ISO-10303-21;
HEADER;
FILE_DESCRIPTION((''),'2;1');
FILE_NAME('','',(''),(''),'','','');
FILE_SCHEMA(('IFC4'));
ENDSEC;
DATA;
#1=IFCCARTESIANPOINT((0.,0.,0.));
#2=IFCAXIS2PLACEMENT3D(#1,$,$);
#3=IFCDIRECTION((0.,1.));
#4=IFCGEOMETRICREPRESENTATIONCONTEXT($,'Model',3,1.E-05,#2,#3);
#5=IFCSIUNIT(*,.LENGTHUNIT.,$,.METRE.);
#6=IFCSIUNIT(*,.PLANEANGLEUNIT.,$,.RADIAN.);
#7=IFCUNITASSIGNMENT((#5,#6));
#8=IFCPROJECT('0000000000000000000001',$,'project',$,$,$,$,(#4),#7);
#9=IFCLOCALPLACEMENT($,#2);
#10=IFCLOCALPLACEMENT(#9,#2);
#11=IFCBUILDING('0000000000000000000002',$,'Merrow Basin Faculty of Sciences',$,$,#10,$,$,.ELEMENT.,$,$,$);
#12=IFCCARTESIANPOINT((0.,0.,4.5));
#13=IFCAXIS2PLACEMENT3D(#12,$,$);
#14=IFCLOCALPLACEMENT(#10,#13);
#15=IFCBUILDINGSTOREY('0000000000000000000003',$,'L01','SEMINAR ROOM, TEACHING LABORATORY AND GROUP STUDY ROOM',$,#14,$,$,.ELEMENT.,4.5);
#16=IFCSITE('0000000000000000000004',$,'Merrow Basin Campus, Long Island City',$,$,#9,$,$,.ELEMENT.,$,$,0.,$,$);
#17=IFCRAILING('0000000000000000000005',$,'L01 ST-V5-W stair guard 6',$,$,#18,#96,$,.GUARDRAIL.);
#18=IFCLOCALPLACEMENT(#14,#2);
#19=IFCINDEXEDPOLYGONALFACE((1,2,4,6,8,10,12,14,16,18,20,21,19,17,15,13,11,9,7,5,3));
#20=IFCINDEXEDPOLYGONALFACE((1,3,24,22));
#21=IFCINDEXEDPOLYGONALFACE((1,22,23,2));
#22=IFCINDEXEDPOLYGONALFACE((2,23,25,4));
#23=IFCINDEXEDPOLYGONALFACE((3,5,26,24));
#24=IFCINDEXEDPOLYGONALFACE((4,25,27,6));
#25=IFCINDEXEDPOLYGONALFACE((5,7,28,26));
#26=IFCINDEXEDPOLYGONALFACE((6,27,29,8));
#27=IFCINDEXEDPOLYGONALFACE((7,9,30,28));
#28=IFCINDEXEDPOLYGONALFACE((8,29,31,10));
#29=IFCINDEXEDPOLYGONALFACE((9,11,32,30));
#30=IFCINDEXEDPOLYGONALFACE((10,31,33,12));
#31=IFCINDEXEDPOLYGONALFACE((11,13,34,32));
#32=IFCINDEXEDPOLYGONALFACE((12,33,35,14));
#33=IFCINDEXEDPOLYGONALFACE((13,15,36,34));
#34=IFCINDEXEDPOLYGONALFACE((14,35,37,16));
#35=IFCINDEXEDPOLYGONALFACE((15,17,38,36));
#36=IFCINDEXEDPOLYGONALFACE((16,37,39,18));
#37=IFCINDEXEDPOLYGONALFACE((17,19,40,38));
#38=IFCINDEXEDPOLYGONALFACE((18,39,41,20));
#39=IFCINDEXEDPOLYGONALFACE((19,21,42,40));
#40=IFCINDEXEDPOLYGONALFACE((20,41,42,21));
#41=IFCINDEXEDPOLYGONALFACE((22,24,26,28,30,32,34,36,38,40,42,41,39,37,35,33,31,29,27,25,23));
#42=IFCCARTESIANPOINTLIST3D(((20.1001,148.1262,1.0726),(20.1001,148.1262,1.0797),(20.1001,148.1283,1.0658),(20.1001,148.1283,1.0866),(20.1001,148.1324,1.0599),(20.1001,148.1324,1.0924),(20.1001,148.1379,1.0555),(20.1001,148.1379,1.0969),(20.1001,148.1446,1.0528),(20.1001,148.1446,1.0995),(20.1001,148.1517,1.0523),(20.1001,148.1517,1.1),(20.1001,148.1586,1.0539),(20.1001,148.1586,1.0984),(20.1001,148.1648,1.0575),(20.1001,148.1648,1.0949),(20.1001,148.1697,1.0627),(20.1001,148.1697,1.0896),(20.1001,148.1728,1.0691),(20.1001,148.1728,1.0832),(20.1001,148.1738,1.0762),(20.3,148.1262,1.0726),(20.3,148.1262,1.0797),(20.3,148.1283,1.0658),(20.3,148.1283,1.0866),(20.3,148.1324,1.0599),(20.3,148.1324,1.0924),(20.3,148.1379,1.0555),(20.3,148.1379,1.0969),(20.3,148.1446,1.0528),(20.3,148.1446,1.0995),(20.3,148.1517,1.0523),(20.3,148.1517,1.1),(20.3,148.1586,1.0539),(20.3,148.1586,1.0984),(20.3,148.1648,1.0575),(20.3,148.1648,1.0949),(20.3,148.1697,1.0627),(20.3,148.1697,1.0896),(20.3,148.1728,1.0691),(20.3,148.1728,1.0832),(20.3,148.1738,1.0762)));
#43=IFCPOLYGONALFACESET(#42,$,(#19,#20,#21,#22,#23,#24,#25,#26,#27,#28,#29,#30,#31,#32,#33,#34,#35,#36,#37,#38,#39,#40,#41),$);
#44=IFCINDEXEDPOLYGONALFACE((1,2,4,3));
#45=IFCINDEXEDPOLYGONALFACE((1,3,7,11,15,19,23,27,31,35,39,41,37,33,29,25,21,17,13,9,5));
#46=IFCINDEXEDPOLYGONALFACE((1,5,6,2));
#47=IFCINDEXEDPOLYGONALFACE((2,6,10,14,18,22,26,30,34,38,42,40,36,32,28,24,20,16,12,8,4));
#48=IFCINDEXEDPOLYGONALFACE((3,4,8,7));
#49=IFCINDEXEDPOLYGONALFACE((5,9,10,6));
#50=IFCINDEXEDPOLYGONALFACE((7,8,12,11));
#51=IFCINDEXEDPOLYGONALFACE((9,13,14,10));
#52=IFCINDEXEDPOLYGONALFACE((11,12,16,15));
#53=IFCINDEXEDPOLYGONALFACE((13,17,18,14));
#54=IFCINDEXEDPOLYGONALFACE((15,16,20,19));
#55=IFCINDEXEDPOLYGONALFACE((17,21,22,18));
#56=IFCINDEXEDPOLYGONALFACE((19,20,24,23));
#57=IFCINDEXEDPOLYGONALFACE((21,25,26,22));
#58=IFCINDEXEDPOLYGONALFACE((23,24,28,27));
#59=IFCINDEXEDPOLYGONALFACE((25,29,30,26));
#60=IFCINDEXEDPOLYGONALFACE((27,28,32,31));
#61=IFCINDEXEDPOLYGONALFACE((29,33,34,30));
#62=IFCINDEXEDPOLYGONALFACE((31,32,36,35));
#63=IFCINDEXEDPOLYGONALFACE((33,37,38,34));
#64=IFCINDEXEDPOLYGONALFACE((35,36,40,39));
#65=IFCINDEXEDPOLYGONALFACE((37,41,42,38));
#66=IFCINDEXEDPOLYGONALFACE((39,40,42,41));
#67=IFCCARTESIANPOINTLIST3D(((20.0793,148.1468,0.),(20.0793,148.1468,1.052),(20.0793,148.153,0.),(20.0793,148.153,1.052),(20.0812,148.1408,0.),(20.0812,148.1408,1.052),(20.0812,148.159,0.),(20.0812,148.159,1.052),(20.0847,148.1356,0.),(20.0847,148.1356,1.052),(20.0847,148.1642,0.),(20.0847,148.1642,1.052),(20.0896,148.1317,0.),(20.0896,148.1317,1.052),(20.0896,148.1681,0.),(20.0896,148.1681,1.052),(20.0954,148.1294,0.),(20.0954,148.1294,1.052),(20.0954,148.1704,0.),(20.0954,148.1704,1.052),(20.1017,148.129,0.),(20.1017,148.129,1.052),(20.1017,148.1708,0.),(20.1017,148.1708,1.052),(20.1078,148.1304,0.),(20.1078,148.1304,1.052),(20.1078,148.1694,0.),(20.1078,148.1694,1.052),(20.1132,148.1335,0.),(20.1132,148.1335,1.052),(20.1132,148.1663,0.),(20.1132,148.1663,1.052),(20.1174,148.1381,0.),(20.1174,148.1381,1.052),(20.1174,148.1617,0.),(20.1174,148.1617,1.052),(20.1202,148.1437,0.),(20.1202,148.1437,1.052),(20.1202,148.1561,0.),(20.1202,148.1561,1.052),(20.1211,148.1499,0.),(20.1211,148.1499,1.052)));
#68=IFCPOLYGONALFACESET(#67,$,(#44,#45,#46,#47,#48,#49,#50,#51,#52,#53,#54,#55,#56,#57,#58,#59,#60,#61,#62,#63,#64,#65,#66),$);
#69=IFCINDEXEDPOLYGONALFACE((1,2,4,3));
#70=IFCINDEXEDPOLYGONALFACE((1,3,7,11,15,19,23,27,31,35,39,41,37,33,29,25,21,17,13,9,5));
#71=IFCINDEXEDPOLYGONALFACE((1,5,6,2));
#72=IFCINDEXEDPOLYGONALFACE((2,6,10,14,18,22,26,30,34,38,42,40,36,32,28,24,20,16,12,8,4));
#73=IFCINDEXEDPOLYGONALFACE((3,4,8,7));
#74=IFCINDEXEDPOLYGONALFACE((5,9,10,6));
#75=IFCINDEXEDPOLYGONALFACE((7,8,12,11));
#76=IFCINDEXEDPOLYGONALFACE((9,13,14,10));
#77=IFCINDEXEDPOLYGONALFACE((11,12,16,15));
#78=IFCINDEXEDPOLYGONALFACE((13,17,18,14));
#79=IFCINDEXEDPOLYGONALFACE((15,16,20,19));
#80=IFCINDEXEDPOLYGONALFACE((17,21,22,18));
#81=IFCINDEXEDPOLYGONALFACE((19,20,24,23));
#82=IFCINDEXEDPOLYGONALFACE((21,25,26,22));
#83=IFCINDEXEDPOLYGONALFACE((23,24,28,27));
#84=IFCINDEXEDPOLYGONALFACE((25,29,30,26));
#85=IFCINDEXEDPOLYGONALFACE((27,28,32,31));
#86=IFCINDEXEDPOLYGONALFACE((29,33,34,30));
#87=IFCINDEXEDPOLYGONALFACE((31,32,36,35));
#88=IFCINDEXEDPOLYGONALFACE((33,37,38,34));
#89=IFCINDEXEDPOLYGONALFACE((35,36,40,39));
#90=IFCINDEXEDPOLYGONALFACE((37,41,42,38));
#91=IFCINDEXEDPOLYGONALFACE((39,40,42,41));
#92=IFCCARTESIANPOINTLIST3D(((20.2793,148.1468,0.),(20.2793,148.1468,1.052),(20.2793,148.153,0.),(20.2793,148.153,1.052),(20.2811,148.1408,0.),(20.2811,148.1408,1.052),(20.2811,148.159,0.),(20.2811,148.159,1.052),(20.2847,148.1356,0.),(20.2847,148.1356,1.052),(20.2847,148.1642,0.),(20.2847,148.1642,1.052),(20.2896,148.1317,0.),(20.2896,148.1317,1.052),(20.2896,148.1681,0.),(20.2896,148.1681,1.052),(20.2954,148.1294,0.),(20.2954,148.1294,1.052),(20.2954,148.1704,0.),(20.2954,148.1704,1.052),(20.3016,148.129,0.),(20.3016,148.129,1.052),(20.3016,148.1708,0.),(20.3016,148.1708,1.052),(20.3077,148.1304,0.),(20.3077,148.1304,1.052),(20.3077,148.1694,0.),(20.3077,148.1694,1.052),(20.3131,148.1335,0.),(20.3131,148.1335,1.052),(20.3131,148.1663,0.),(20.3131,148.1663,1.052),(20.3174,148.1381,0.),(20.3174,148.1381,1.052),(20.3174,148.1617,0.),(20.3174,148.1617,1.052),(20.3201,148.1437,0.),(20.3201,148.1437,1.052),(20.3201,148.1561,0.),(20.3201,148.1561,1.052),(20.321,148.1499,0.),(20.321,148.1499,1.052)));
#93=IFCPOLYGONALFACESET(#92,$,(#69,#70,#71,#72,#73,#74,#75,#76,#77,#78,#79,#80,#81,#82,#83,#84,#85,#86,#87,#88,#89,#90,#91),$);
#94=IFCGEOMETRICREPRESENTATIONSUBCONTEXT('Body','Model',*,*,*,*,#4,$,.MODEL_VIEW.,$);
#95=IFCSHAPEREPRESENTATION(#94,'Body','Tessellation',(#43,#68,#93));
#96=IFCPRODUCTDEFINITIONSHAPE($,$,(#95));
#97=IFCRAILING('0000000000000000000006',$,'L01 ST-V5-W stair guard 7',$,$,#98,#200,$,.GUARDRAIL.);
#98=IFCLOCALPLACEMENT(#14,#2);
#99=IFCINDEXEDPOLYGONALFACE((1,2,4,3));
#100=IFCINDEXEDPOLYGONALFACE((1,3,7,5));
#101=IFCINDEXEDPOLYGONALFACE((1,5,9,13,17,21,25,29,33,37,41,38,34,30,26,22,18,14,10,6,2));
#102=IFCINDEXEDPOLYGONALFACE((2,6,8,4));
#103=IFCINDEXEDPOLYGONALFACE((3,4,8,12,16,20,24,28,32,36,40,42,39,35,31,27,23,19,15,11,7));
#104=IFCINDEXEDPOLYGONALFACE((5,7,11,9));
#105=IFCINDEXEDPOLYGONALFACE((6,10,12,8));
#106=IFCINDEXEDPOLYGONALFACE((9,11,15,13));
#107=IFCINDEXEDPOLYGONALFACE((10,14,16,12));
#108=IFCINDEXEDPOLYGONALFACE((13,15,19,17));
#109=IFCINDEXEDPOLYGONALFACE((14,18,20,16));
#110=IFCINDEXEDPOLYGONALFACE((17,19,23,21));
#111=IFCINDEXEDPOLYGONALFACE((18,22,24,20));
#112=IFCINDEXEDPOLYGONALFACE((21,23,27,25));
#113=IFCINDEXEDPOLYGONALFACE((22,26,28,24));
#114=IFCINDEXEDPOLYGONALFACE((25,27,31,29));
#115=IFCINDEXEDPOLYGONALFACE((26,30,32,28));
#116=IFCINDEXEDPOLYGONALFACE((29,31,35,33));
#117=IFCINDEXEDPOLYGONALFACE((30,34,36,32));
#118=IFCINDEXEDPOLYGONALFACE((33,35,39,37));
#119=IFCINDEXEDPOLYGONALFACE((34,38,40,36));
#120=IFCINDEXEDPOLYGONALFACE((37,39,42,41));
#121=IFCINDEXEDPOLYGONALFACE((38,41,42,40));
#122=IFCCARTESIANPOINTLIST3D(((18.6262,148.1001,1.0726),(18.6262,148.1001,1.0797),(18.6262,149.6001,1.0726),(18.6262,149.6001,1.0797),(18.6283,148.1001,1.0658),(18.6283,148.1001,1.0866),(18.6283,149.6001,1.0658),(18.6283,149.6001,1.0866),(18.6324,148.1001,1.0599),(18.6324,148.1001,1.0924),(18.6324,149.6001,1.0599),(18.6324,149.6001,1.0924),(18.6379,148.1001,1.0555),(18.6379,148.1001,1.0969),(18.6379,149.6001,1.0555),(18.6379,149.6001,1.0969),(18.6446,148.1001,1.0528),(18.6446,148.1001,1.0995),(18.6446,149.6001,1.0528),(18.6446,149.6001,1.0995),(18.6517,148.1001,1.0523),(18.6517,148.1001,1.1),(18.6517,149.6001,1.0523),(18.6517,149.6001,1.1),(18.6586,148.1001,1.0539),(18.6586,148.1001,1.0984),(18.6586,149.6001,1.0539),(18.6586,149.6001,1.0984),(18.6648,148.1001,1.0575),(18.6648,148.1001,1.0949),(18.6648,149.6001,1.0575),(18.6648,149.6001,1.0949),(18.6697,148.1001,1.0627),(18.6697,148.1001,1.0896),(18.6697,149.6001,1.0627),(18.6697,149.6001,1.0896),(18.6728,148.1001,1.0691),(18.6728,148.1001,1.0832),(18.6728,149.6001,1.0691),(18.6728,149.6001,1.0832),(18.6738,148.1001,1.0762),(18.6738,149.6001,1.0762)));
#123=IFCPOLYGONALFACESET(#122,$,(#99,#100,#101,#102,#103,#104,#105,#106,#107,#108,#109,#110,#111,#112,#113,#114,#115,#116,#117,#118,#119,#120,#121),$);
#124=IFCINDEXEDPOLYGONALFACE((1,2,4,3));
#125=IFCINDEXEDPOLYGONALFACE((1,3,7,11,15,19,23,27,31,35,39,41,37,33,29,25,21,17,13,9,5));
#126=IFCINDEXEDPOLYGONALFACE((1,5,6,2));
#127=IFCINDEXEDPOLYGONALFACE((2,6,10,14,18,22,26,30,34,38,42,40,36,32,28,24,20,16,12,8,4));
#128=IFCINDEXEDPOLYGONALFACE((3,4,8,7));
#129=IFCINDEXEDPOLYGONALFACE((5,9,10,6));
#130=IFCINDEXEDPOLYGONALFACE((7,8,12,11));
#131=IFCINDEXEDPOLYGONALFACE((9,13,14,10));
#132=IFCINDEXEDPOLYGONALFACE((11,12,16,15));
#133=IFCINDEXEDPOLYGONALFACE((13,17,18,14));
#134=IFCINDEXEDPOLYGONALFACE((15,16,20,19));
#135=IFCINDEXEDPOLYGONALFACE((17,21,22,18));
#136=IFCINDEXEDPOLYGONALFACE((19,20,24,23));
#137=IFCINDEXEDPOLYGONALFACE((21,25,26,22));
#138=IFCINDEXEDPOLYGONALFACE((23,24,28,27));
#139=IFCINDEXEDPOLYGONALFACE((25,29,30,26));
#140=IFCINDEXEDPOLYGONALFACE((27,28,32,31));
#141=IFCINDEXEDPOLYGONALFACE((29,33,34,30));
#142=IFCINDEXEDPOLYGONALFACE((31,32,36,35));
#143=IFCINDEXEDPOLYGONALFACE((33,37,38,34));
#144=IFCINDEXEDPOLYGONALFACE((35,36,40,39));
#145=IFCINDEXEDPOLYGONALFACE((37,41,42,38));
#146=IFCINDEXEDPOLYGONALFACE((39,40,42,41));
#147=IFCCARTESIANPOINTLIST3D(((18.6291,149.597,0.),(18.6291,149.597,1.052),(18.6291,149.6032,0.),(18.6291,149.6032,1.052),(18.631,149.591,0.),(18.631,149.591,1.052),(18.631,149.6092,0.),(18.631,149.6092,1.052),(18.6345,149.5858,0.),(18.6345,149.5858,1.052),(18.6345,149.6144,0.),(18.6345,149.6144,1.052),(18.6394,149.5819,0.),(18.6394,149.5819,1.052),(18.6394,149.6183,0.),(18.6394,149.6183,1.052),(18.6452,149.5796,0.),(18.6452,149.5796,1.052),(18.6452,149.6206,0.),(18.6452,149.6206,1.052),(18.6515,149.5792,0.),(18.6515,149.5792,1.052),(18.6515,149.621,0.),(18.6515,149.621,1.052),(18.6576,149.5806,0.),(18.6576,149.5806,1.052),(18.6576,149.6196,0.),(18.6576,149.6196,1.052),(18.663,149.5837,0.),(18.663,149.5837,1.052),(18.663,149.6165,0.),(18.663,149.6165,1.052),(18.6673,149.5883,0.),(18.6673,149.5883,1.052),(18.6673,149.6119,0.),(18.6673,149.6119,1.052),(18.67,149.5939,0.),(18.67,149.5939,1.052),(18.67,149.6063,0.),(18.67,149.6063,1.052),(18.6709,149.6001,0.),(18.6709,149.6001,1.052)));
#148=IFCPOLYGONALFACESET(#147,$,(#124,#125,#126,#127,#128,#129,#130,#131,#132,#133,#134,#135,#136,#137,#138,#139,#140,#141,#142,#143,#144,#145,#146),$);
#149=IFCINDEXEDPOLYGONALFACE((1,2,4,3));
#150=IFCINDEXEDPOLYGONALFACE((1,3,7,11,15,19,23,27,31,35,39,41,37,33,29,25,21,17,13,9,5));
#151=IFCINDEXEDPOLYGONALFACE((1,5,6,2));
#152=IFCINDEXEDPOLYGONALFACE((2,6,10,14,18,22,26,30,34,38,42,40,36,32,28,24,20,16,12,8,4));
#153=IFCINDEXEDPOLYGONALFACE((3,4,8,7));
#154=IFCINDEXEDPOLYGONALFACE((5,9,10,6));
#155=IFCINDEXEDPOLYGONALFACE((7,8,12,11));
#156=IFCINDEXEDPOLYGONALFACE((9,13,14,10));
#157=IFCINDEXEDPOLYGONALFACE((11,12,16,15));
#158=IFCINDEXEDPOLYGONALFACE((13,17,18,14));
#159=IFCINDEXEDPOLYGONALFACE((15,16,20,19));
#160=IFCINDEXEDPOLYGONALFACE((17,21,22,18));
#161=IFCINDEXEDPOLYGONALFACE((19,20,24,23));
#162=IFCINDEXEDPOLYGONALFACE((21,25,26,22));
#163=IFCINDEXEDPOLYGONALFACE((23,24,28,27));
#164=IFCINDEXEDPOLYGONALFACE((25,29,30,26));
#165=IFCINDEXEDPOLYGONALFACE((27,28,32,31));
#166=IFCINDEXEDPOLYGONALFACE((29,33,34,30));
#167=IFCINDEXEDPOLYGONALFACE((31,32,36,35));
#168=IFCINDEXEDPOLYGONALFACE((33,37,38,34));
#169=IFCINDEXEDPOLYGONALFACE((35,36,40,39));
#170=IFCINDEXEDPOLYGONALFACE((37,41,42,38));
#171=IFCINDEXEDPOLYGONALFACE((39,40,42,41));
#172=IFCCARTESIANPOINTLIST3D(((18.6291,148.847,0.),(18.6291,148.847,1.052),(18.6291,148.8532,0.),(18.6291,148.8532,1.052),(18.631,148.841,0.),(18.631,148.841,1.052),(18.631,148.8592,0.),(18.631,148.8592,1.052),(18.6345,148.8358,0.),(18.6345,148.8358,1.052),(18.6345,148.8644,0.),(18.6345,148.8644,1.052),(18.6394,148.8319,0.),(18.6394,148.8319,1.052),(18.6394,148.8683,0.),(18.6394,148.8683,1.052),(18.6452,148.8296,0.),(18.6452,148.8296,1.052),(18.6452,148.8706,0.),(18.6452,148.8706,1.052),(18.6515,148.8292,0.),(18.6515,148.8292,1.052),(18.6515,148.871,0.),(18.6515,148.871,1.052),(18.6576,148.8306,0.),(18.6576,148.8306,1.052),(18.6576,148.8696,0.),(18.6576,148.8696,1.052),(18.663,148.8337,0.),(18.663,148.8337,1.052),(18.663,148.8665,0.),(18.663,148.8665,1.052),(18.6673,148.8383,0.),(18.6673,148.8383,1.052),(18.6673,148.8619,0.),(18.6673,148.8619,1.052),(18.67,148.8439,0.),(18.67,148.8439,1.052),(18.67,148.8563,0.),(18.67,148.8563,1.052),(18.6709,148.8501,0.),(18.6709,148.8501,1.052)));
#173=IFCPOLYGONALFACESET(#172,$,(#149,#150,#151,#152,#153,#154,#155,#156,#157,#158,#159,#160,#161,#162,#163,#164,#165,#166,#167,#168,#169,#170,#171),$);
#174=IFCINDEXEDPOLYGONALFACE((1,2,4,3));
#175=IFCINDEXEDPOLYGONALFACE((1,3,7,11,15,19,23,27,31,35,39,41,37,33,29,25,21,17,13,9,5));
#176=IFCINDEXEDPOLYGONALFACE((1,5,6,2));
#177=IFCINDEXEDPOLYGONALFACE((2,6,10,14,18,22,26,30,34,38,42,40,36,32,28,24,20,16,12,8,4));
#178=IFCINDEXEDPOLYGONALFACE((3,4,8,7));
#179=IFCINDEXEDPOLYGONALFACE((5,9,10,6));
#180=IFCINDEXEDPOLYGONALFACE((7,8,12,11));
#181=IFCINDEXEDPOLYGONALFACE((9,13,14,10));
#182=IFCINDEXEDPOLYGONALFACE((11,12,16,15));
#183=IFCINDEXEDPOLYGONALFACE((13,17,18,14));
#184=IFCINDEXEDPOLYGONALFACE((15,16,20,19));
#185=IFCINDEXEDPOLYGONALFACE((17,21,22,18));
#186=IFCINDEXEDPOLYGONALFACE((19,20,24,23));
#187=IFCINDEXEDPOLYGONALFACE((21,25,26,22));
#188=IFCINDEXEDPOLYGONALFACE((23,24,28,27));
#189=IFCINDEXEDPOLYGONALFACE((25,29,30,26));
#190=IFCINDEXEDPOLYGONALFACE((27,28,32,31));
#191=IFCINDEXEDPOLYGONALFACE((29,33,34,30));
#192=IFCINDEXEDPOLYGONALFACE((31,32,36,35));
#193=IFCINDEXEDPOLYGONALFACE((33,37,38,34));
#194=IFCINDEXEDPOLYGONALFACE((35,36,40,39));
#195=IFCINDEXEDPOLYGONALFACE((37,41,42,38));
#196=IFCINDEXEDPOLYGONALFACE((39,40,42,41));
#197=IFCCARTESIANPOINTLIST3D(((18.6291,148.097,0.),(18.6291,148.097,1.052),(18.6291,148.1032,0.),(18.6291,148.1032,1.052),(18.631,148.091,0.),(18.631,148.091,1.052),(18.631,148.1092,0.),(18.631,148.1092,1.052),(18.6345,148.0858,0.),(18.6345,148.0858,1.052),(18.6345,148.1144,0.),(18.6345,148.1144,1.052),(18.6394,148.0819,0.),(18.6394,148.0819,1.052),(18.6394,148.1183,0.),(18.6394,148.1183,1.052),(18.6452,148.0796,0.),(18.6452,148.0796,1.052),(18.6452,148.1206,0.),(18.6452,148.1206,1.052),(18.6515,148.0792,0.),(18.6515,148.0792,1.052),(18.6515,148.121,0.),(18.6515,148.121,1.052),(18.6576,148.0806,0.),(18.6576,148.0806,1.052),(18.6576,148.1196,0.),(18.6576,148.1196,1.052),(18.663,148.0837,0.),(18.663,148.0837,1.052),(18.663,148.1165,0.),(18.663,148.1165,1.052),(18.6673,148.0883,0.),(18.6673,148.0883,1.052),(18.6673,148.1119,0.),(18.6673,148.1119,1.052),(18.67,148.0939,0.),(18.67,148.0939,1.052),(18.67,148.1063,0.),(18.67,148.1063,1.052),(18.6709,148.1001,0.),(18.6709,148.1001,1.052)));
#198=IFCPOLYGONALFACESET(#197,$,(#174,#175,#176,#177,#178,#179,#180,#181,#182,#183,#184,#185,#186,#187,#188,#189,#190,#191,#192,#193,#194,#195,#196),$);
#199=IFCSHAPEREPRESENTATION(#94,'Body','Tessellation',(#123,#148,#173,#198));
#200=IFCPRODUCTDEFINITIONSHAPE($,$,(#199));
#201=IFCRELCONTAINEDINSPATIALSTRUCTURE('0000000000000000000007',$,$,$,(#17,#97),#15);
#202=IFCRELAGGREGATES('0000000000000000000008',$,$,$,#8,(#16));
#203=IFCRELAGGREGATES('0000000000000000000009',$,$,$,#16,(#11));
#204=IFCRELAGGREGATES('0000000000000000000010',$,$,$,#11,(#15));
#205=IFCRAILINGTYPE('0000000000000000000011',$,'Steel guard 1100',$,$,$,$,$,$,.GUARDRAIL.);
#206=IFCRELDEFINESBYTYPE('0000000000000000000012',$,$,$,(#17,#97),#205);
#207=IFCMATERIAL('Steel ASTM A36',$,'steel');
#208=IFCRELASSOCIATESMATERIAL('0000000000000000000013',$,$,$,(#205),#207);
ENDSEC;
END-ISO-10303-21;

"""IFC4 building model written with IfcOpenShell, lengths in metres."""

from ifc_helpers import new_model, si_unit, direction, frame, origin, origin_2d, place, context, subcontext, project, spatial, circle, extrude, material, type_object, element, save


model = new_model("IFC4")

# Units and contexts
model_context = context("Model", 3, precision=1e-05, world=origin(), true_north=direction((0.0, 1.0)))
body_context = subcontext(model_context, "Body", "Model", "MODEL_VIEW")
ifc_project = project(units=[si_unit("LENGTHUNIT", "METRE"), si_unit("PLANEANGLEUNIT", "RADIAN")], contexts=[model_context])

# Site, building, storey
site_placement = place(None, origin())
site = spatial("IfcSite", under=ifc_project, at=site_placement, Name="Merrow Basin Campus, Long Island City", CompositionType="ELEMENT", RefElevation=0.0)
building_placement = place(site_placement, origin())
building = spatial("IfcBuilding", under=site, at=building_placement, Name="Merrow Basin Faculty of Sciences", CompositionType="ELEMENT")
storey_placement = place(building_placement, frame((0.0, 0.0, 4.5)))
storey = spatial("IfcBuildingStorey", under=building, at=storey_placement, Name="L01", Description="SEMINAR ROOM, TEACHING LABORATORY AND GROUP STUDY ROOM", CompositionType="ELEMENT", Elevation=4.5)

# Railings
ifc_material_1 = material(Name="Steel ASTM A36", Category="steel")
railing_type_1 = type_object("IfcRailingType", Name="Steel guard 1100", PredefinedType="GUARDRAIL", material=ifc_material_1)
railing_1_placement = place(storey_placement, frame((20.1001, 148.1499, 0.0)))
element("IfcRailing", 1, at=railing_1_placement, inside=storey, type_object=railing_type_1, Name="L01 ST-V5-W stair guard 6", PredefinedType="GUARDRAIL", context=body_context, shape_type="SweptSolid", body=[
    extrude(circle(Radius=0.0239, at=origin_2d()), frame((0.0, 0.0, 1.0762), z_axis=(1.0, 0.0, 0.0), x_axis=(0.0, 1.0, 0.0)), (0.0, 0.0, 1.0), 0.2),
    extrude(circle(Radius=0.021, at=origin_2d()), origin(), (0.0, 0.0, 1.0), 1.052),
    extrude(circle(Radius=0.021, at=origin_2d()), frame((0.2, 0.0, 0.0)), (0.0, 0.0, 1.0), 1.052),
])
railing_2_placement = place(storey_placement, frame((18.6499, 149.6001, 0.0)))
element("IfcRailing", 2, at=railing_2_placement, inside=storey, type_object=railing_type_1, Name="L01 ST-V5-W stair guard 7", PredefinedType="GUARDRAIL", context=body_context, shape_type="SweptSolid", body=[
    extrude(circle(Radius=0.0239, at=origin_2d()), frame((0.0, 0.0, 1.0762), z_axis=(0.0, -1.0, 0.0), x_axis=(1.0, 0.0, 0.0)), (0.0, 0.0, 1.0), 1.5),
    extrude(circle(Radius=0.021, at=origin_2d()), origin(), (0.0, 0.0, 1.0), 1.052),
    extrude(circle(Radius=0.021, at=origin_2d()), frame((0.0, -0.75, 0.0)), (0.0, 0.0, 1.0), 1.052),
    extrude(circle(Radius=0.021, at=origin_2d()), frame((0.0, -1.5, 0.0)), (0.0, 0.0, 1.0), 1.052),
])

save(model, "model.ifc")
